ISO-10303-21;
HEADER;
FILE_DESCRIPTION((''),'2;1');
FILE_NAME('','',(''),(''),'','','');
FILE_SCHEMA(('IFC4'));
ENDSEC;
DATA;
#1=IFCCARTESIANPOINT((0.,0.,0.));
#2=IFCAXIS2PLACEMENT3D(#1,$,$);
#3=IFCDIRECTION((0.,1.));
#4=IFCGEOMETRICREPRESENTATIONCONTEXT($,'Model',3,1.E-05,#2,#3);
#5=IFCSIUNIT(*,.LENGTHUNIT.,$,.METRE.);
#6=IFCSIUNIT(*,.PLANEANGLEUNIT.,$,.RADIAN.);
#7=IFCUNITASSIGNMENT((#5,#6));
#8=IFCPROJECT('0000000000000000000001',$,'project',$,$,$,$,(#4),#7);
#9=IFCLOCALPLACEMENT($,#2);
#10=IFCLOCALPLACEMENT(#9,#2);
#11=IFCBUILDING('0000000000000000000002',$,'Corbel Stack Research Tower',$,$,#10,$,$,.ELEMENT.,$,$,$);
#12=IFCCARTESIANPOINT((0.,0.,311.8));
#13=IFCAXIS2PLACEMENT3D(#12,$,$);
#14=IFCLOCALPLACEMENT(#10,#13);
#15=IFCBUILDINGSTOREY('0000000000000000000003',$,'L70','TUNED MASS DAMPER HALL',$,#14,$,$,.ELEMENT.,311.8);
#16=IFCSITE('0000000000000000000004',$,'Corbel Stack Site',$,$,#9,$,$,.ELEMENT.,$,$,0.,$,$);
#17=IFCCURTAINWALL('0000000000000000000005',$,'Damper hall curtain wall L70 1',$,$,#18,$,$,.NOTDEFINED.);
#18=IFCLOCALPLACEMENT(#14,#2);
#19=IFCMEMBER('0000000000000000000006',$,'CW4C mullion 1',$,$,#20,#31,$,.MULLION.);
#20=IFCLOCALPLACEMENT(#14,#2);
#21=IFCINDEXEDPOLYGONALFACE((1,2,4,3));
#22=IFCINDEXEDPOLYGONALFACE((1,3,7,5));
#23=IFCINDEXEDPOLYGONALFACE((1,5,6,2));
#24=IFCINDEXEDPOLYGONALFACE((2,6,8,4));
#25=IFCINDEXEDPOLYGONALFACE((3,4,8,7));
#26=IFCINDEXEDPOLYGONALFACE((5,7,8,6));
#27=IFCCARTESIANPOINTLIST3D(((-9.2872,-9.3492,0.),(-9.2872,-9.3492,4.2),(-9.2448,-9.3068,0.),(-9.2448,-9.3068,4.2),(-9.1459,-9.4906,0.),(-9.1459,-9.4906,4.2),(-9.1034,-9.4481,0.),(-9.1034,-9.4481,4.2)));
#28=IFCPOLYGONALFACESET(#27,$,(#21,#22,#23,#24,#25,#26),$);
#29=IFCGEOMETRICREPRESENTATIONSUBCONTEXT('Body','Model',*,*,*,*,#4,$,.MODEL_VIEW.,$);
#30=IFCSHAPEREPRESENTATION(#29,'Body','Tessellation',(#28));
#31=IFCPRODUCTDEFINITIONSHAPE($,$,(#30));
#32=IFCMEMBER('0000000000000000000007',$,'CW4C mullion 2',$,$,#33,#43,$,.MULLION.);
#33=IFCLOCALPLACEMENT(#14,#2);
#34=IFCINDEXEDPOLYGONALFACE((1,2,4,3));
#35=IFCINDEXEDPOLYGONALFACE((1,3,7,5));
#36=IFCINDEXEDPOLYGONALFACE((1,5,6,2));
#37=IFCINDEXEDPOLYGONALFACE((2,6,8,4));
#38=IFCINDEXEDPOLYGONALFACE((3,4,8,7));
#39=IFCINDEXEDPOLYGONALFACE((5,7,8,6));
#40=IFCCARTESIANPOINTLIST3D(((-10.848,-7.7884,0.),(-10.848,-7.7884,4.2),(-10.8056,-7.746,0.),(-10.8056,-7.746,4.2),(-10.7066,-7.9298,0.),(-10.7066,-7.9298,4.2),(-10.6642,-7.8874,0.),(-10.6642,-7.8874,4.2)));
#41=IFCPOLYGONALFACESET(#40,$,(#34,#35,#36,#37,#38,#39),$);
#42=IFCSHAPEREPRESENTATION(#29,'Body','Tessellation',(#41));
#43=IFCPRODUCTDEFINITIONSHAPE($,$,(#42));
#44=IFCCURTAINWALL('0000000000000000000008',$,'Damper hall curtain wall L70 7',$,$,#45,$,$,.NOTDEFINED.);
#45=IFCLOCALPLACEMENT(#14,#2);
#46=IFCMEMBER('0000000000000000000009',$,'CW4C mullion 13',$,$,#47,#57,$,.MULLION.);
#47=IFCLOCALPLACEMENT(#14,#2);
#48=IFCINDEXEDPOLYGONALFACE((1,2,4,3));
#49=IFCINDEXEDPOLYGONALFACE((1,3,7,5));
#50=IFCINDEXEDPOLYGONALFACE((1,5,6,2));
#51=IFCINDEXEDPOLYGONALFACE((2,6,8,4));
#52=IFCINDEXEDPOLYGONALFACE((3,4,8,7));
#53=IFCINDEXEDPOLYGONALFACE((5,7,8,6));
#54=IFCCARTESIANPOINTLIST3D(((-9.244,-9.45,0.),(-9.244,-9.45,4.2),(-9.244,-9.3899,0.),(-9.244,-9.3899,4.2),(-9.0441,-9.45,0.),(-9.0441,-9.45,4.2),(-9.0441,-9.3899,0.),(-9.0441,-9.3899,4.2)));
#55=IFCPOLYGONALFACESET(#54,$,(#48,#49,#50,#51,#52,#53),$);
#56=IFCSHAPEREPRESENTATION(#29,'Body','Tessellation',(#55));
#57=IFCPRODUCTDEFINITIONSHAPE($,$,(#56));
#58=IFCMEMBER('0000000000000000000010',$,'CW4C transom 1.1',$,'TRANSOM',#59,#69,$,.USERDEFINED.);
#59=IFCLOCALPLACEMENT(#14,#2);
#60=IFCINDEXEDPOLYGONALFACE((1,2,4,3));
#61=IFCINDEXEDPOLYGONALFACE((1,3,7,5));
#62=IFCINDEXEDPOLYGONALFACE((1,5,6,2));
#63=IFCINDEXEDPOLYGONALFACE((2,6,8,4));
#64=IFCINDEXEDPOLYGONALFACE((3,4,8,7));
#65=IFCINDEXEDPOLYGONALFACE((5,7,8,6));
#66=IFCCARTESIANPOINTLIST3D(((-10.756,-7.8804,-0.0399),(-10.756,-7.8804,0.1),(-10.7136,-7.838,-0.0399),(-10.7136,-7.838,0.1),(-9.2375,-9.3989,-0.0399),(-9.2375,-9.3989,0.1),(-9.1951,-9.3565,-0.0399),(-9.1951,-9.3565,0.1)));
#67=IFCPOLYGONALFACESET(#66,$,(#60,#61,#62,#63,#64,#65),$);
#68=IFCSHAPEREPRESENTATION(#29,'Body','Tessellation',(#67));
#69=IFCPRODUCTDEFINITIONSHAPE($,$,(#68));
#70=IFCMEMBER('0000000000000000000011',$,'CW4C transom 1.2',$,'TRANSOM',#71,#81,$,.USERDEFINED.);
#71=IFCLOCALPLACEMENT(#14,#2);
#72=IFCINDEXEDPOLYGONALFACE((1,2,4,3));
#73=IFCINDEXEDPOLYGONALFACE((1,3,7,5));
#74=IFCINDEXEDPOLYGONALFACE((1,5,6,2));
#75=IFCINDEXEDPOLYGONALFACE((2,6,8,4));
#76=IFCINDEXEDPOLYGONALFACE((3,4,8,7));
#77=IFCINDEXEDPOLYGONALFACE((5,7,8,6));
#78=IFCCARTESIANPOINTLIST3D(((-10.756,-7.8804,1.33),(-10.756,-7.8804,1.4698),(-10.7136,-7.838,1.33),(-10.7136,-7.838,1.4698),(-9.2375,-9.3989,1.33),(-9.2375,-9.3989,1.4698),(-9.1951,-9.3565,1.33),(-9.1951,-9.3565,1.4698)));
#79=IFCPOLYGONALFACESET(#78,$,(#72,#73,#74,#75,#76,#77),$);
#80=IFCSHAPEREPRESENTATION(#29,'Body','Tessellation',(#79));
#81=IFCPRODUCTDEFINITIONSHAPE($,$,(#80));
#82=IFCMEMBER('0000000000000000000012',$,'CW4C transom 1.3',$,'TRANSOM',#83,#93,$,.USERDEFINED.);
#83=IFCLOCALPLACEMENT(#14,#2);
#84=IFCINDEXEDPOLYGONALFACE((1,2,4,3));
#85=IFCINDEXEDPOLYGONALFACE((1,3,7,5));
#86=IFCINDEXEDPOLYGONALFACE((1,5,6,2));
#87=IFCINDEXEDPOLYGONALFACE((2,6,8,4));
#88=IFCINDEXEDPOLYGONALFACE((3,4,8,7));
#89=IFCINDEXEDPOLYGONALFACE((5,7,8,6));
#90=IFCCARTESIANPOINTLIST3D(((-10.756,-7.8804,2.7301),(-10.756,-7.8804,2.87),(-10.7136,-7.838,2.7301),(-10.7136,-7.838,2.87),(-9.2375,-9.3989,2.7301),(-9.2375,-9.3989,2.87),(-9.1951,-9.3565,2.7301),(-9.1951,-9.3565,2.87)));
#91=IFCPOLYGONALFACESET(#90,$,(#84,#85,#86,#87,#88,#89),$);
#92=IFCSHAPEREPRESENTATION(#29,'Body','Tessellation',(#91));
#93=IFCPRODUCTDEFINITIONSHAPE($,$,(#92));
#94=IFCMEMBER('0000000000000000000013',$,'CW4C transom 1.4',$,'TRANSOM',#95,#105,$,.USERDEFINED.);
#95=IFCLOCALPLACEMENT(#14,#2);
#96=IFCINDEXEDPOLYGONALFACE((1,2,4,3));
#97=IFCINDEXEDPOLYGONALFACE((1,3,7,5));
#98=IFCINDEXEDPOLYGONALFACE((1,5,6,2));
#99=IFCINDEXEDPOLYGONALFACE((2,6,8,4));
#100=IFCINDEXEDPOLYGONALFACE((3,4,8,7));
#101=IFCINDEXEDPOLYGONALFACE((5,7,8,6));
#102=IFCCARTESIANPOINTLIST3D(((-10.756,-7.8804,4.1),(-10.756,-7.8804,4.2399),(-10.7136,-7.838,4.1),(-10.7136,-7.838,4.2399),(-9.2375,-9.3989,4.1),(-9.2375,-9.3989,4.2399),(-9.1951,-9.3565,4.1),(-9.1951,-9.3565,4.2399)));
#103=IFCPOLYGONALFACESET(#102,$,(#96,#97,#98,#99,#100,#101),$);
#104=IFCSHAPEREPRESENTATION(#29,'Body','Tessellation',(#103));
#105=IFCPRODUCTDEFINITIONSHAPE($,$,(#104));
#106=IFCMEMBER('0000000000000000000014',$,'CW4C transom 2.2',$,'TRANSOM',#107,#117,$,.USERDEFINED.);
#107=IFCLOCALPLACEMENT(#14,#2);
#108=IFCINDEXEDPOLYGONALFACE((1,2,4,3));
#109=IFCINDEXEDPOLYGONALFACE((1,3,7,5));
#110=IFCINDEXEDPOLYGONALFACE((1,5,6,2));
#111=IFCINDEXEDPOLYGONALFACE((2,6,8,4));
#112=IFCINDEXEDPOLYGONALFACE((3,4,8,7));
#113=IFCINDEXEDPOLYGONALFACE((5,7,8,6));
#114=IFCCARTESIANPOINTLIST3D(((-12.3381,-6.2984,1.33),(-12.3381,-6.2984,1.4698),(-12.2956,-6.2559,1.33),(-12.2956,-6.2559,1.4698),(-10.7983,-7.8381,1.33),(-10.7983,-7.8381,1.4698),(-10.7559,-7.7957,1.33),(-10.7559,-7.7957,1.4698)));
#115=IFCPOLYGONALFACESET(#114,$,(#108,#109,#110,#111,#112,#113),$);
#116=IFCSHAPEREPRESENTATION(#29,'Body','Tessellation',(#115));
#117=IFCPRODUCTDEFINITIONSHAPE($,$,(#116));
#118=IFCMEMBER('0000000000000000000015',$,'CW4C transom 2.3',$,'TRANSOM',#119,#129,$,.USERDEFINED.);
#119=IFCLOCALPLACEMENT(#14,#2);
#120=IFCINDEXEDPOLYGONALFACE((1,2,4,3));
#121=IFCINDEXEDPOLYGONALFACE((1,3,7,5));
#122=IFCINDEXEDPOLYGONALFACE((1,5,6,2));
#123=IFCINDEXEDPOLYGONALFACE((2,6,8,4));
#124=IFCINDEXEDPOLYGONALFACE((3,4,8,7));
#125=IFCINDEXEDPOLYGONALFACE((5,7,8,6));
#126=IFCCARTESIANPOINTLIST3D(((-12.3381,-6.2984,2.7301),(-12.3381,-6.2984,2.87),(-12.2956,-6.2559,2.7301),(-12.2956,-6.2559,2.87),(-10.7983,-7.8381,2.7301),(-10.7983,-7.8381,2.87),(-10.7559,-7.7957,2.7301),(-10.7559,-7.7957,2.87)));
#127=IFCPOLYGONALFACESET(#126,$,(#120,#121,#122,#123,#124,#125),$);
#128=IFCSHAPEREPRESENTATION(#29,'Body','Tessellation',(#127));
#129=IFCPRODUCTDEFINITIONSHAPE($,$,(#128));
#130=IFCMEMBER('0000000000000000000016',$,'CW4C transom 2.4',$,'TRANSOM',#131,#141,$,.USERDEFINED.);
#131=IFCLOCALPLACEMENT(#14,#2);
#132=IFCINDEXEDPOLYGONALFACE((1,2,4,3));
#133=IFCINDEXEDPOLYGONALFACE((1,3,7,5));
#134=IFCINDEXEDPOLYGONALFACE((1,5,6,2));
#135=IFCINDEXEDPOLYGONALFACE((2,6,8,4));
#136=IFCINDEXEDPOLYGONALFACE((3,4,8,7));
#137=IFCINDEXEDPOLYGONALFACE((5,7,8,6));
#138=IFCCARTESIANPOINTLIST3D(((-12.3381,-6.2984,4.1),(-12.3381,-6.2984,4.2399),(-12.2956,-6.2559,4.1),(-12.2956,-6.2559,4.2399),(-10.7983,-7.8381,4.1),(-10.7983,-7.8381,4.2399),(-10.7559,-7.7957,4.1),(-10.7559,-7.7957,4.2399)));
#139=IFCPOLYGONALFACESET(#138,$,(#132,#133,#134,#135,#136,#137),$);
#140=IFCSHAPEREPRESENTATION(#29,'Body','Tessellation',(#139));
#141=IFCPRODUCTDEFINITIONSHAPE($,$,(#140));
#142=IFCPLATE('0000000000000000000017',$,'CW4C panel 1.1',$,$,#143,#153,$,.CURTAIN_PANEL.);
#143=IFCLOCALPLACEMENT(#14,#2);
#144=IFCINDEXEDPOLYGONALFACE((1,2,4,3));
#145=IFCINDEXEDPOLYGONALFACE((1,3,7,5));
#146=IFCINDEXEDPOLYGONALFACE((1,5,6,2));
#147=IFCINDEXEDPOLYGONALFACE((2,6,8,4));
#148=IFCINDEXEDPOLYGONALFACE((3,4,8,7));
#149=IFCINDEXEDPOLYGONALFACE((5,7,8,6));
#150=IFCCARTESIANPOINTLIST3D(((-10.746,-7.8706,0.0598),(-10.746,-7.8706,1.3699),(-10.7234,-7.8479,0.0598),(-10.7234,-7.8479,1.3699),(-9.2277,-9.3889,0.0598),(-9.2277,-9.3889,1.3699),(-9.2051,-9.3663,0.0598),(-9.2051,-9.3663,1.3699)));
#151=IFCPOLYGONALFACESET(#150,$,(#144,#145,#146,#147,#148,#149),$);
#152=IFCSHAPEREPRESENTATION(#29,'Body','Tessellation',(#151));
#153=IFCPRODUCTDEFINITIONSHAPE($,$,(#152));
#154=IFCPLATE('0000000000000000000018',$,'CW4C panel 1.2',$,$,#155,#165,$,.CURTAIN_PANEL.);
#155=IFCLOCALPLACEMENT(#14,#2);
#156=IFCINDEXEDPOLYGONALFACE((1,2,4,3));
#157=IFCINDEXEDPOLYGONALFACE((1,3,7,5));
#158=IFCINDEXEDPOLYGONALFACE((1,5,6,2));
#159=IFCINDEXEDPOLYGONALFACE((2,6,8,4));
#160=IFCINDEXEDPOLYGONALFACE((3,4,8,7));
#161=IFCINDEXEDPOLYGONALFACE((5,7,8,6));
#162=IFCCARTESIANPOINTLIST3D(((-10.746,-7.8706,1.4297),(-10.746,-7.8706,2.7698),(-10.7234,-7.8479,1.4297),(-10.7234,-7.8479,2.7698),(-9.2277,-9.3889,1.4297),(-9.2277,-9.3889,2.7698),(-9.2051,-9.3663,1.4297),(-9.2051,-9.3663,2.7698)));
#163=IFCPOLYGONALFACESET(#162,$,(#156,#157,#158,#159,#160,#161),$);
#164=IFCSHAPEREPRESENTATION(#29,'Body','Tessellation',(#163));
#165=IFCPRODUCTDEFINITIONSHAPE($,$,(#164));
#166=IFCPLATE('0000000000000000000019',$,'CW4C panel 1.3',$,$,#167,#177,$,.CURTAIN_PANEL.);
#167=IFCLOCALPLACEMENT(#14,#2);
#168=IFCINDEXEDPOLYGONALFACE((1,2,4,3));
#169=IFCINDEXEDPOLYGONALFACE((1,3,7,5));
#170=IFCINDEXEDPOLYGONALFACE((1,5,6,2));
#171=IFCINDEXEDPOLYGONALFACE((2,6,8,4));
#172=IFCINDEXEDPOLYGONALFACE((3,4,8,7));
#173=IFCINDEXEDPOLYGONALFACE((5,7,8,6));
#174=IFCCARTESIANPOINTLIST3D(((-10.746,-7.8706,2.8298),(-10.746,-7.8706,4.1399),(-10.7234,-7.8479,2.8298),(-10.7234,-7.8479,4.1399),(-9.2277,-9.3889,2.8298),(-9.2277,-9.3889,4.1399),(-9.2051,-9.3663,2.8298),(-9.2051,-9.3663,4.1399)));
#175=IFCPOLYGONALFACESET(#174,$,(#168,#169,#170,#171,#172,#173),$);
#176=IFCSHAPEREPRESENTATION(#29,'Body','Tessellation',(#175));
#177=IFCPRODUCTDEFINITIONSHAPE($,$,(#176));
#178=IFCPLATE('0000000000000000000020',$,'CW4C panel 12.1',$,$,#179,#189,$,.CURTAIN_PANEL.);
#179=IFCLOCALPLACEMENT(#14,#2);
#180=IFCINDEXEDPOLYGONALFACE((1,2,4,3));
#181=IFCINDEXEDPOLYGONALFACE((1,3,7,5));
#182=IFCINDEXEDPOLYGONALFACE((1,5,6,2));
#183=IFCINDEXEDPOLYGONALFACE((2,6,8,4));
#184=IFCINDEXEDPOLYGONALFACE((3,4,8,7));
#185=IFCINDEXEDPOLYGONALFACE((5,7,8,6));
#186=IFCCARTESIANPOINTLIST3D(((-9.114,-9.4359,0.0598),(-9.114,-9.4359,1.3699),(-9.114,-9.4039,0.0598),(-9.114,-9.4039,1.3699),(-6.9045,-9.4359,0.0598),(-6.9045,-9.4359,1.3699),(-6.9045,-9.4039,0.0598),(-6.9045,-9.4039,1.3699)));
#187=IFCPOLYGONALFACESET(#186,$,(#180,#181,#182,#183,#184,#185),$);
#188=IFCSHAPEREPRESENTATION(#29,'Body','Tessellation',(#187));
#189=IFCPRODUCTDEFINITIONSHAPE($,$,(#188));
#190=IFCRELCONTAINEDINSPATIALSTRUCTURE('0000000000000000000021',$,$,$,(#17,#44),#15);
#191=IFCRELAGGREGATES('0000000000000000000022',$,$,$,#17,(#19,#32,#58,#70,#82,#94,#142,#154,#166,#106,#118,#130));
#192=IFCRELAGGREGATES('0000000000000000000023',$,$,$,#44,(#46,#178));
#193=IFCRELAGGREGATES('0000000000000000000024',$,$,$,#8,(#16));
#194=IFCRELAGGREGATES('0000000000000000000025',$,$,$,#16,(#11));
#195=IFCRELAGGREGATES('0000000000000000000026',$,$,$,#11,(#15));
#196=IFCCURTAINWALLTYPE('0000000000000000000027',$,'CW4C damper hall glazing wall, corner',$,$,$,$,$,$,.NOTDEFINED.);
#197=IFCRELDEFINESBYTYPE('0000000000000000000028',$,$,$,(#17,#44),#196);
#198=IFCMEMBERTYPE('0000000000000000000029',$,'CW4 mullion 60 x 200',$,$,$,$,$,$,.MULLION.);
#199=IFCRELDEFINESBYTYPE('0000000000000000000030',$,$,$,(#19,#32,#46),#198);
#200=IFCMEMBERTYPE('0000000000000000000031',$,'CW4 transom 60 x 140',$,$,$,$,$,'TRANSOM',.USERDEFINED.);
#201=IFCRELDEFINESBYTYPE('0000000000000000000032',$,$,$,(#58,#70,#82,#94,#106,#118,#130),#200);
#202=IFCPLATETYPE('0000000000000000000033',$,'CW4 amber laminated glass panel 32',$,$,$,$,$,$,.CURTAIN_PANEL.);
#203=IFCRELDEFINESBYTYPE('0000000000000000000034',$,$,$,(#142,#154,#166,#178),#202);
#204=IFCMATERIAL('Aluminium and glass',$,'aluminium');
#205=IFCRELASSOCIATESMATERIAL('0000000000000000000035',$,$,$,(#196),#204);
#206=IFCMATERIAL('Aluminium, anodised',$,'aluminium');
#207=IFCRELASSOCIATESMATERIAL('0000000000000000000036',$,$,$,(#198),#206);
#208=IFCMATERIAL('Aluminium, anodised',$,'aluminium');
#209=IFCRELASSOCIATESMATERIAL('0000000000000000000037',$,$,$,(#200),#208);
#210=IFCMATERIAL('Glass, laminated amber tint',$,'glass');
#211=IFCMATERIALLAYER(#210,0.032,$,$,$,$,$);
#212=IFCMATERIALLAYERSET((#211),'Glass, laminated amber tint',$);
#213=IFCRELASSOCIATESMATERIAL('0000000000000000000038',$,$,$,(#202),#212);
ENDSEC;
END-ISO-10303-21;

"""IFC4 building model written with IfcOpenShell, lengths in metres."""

from ifc_helpers import new_model, si_unit, direction, frame, origin, origin_2d, place, context, subcontext, project, spatial, rectangle, extrude, material, layer, layer_set, material_profile, profile_set, type_object, element, aggregate, save


model = new_model("IFC4")

# Units and contexts
model_context = context("Model", 3, precision=1e-05, world=origin(), true_north=direction((0.0, 1.0)))
body_context = subcontext(model_context, "Body", "Model", "MODEL_VIEW")
ifc_project = project(units=[si_unit("LENGTHUNIT", "METRE"), si_unit("PLANEANGLEUNIT", "RADIAN")], contexts=[model_context])

# Site, building, storey
site_placement = place(None, origin())
site = spatial("IfcSite", under=ifc_project, at=site_placement, Name="Corbel Stack Site", CompositionType="ELEMENT", RefElevation=0.0)
building_placement = place(site_placement, origin())
building = spatial("IfcBuilding", under=site, at=building_placement, Name="Corbel Stack Research Tower", CompositionType="ELEMENT")
storey_placement = place(building_placement, frame((0.0, 0.0, 311.8)))
storey = spatial("IfcBuildingStorey", under=building, at=storey_placement, Name="L70", Description="TUNED MASS DAMPER HALL", CompositionType="ELEMENT", Elevation=311.8)

# Curtain wall, members
ifc_material_1 = material(Name="Aluminium and glass", Category="aluminium")
curtain_wall_type = type_object("IfcCurtainWallType", Name="CW4C damper hall glazing wall, corner", PredefinedType="NOTDEFINED", material=ifc_material_1)
curtain_wall_1_placement = place(storey_placement, origin())
curtain_wall_1 = element("IfcCurtainWall", 1, at=curtain_wall_1_placement, inside=storey, type_object=curtain_wall_type, Name="Damper hall curtain wall L70 1", PredefinedType="NOTDEFINED")
ifc_material_2 = material(Name="Aluminium, anodised", Category="aluminium")
ifc_material_profile_1 = material_profile(ifc_material_2, rectangle(XDim=0.0601, YDim=0.2, at=origin_2d()), Name="CW4 mullion 60 x 200")
ifc_profile_set_1 = profile_set([ifc_material_profile_1], Name="Aluminium, anodised")
member_type_1 = type_object("IfcMemberType", Name="CW4 mullion 60 x 200", PredefinedType="MULLION", material=ifc_profile_set_1)
member_1_placement = place(storey_placement, frame((-9.1953, -9.3987, 0.0), z_axis=(0.0, 0.0, 1.0), x_axis=(-0.707107, -0.707107, 0.0)))
member_1 = element("IfcMember", 2, at=member_1_placement, type_object=member_type_1, Name="CW4C mullion 1", PredefinedType="MULLION", context=body_context, shape_type="SweptSolid", body=[
    extrude(rectangle(XDim=0.0601, YDim=0.2, at=origin_2d()), origin(), (0.0, 0.0, 1.0), 4.2),
])
member_2_placement = place(storey_placement, frame((-10.7561, -7.8379, 0.0), z_axis=(0.0, 0.0, 1.0), x_axis=(-0.707107, -0.707107, 0.0)))
member_2 = element("IfcMember", 3, at=member_2_placement, type_object=member_type_1, Name="CW4C mullion 2", PredefinedType="MULLION", context=body_context, shape_type="SweptSolid", body=[
    extrude(rectangle(XDim=0.0601, YDim=0.2, at=origin_2d()), origin(), (0.0, 0.0, 1.0), 4.2),
])

# Curtain wall, member
curtain_wall_2_placement = place(storey_placement, origin())
curtain_wall_2 = element("IfcCurtainWall", 4, at=curtain_wall_2_placement, inside=storey, type_object=curtain_wall_type, Name="Damper hall curtain wall L70 7", PredefinedType="NOTDEFINED")
member_3_placement = place(storey_placement, frame((-9.144, -9.4199, 0.0), z_axis=(0.0, 0.0, 1.0), x_axis=(0.0, -1.0, 0.0)))
member_3 = element("IfcMember", 5, at=member_3_placement, type_object=member_type_1, Name="CW4C mullion 13", PredefinedType="MULLION", context=body_context, shape_type="SweptSolid", body=[
    extrude(rectangle(XDim=0.0601, YDim=0.2, at=origin_2d()), origin(), (0.0, 0.0, 1.0), 4.2),
])

# Members
ifc_material_3 = material(Name="Aluminium, anodised", Category="aluminium")
ifc_material_profile_2 = material_profile(ifc_material_3, rectangle(XDim=0.0601, YDim=0.1399, at=origin_2d()), Name="CW4 transom 60 x 140")
ifc_profile_set_2 = profile_set([ifc_material_profile_2], Name="Aluminium, anodised")
member_type_2 = type_object("IfcMemberType", Name="CW4 transom 60 x 140", ElementType="TRANSOM", PredefinedType="USERDEFINED", material=ifc_profile_set_2)
member_4_placement = place(storey_placement, frame((-9.2163, -9.3777, 0.03), z_axis=(-0.707107, 0.707107, 0.0), x_axis=(-0.707107, -0.707107, 0.0)))
member_4 = element("IfcMember", 6, at=member_4_placement, type_object=member_type_2, Name="CW4C transom 1.1", ObjectType="TRANSOM", PredefinedType="USERDEFINED", context=body_context, shape_type="SweptSolid", body=[
    extrude(rectangle(XDim=0.0601, YDim=0.1399, at=origin_2d()), origin(), (0.0, 0.0, 1.0), 2.1475),
])
member_5_placement = place(storey_placement, frame((-9.2163, -9.3777, 1.3999), z_axis=(-0.707107, 0.707107, 0.0), x_axis=(-0.707107, -0.707107, 0.0)))
member_5 = element("IfcMember", 7, at=member_5_placement, type_object=member_type_2, Name="CW4C transom 1.2", ObjectType="TRANSOM", PredefinedType="USERDEFINED", context=body_context, shape_type="SweptSolid", body=[
    extrude(rectangle(XDim=0.0601, YDim=0.1399, at=origin_2d()), origin(), (0.0, 0.0, 1.0), 2.1475),
])
member_6_placement = place(storey_placement, frame((-9.2163, -9.3777, 2.8), z_axis=(-0.707107, 0.707107, 0.0), x_axis=(-0.707107, -0.707107, 0.0)))
member_6 = element("IfcMember", 8, at=member_6_placement, type_object=member_type_2, Name="CW4C transom 1.3", ObjectType="TRANSOM", PredefinedType="USERDEFINED", context=body_context, shape_type="SweptSolid", body=[
    extrude(rectangle(XDim=0.0601, YDim=0.1399, at=origin_2d()), origin(), (0.0, 0.0, 1.0), 2.1475),
])
member_7_placement = place(storey_placement, frame((-9.2163, -9.3777, 4.1699), z_axis=(-0.707107, 0.707107, 0.0), x_axis=(-0.707107, -0.707107, 0.0)))
member_7 = element("IfcMember", 9, at=member_7_placement, type_object=member_type_2, Name="CW4C transom 1.4", ObjectType="TRANSOM", PredefinedType="USERDEFINED", context=body_context, shape_type="SweptSolid", body=[
    extrude(rectangle(XDim=0.0601, YDim=0.1399, at=origin_2d()), origin(), (0.0, 0.0, 1.0), 2.1475),
])
member_8_placement = place(storey_placement, frame((-10.7771, -7.8169, 1.3999), z_axis=(-0.707107, 0.707107, 0.0), x_axis=(-0.707107, -0.707107, 0.0)))
member_8 = element("IfcMember", 10, at=member_8_placement, type_object=member_type_2, Name="CW4C transom 2.2", ObjectType="TRANSOM", PredefinedType="USERDEFINED", context=body_context, shape_type="SweptSolid", body=[
    extrude(rectangle(XDim=0.0601, YDim=0.1399, at=origin_2d()), origin(), (0.0, 0.0, 1.0), 2.1775),
])
member_9_placement = place(storey_placement, frame((-10.7771, -7.8169, 2.8), z_axis=(-0.707107, 0.707107, 0.0), x_axis=(-0.707107, -0.707107, 0.0)))
member_9 = element("IfcMember", 11, at=member_9_placement, type_object=member_type_2, Name="CW4C transom 2.3", ObjectType="TRANSOM", PredefinedType="USERDEFINED", context=body_context, shape_type="SweptSolid", body=[
    extrude(rectangle(XDim=0.0601, YDim=0.1399, at=origin_2d()), origin(), (0.0, 0.0, 1.0), 2.1775),
])
member_10_placement = place(storey_placement, frame((-10.7771, -7.8169, 4.1699), z_axis=(-0.707107, 0.707107, 0.0), x_axis=(-0.707107, -0.707107, 0.0)))
member_10 = element("IfcMember", 12, at=member_10_placement, type_object=member_type_2, Name="CW4C transom 2.4", ObjectType="TRANSOM", PredefinedType="USERDEFINED", context=body_context, shape_type="SweptSolid", body=[
    extrude(rectangle(XDim=0.0601, YDim=0.1399, at=origin_2d()), origin(), (0.0, 0.0, 1.0), 2.1775),
])

# Plates
ifc_material_4 = material(Name="Glass, laminated amber tint", Category="glass")
ifc_layer_1 = layer(ifc_material_4, 0.032)
ifc_layer_set_1 = layer_set([ifc_layer_1], Name="Glass, laminated amber tint")
plate_type = type_object("IfcPlateType", Name="CW4 amber laminated glass panel 32", PredefinedType="CURTAIN_PANEL", material=ifc_layer_set_1)
plate_1_placement = place(storey_placement, frame((-9.9756, -8.6184, 0.0598), z_axis=(0.0, 0.0, 1.0), x_axis=(-0.707107, 0.707107, 0.0)))
plate_1 = element("IfcPlate", 13, at=plate_1_placement, type_object=plate_type, Name="CW4C panel 1.1", PredefinedType="CURTAIN_PANEL", context=body_context, shape_type="SweptSolid", body=[
    extrude(rectangle(XDim=2.1472, YDim=0.032, at=origin_2d()), origin(), (0.0, 0.0, 1.0), 1.3101),
])
plate_2_placement = place(storey_placement, frame((-9.9756, -8.6184, 1.4297), z_axis=(0.0, 0.0, 1.0), x_axis=(-0.707107, 0.707107, 0.0)))
plate_2 = element("IfcPlate", 14, at=plate_2_placement, type_object=plate_type, Name="CW4C panel 1.2", PredefinedType="CURTAIN_PANEL", context=body_context, shape_type="SweptSolid", body=[
    extrude(rectangle(XDim=2.1472, YDim=0.032, at=origin_2d()), origin(), (0.0, 0.0, 1.0), 1.3401),
])
plate_3_placement = place(storey_placement, frame((-9.9756, -8.6184, 2.8298), z_axis=(0.0, 0.0, 1.0), x_axis=(-0.707107, 0.707107, 0.0)))
plate_3 = element("IfcPlate", 15, at=plate_3_placement, type_object=plate_type, Name="CW4C panel 1.3", PredefinedType="CURTAIN_PANEL", context=body_context, shape_type="SweptSolid", body=[
    extrude(rectangle(XDim=2.1472, YDim=0.032, at=origin_2d()), origin(), (0.0, 0.0, 1.0), 1.3101),
])
aggregate(curtain_wall_1, [member_1, member_2, member_4, member_5, member_6, member_7, plate_1, plate_2, plate_3, member_8, member_9, member_10])
plate_4_placement = place(storey_placement, frame((-8.0093, -9.4199, 0.0598), z_axis=(0.0, 0.0, 1.0), x_axis=(-1.0, 0.0, 0.0)))
plate_4 = element("IfcPlate", 16, at=plate_4_placement, type_object=plate_type, Name="CW4C panel 12.1", PredefinedType="CURTAIN_PANEL", context=body_context, shape_type="SweptSolid", body=[
    extrude(rectangle(XDim=2.2095, YDim=0.032, at=origin_2d()), origin(), (0.0, 0.0, 1.0), 1.3101),
])
aggregate(curtain_wall_2, [member_3, plate_4])

save(model, "model.ifc")
